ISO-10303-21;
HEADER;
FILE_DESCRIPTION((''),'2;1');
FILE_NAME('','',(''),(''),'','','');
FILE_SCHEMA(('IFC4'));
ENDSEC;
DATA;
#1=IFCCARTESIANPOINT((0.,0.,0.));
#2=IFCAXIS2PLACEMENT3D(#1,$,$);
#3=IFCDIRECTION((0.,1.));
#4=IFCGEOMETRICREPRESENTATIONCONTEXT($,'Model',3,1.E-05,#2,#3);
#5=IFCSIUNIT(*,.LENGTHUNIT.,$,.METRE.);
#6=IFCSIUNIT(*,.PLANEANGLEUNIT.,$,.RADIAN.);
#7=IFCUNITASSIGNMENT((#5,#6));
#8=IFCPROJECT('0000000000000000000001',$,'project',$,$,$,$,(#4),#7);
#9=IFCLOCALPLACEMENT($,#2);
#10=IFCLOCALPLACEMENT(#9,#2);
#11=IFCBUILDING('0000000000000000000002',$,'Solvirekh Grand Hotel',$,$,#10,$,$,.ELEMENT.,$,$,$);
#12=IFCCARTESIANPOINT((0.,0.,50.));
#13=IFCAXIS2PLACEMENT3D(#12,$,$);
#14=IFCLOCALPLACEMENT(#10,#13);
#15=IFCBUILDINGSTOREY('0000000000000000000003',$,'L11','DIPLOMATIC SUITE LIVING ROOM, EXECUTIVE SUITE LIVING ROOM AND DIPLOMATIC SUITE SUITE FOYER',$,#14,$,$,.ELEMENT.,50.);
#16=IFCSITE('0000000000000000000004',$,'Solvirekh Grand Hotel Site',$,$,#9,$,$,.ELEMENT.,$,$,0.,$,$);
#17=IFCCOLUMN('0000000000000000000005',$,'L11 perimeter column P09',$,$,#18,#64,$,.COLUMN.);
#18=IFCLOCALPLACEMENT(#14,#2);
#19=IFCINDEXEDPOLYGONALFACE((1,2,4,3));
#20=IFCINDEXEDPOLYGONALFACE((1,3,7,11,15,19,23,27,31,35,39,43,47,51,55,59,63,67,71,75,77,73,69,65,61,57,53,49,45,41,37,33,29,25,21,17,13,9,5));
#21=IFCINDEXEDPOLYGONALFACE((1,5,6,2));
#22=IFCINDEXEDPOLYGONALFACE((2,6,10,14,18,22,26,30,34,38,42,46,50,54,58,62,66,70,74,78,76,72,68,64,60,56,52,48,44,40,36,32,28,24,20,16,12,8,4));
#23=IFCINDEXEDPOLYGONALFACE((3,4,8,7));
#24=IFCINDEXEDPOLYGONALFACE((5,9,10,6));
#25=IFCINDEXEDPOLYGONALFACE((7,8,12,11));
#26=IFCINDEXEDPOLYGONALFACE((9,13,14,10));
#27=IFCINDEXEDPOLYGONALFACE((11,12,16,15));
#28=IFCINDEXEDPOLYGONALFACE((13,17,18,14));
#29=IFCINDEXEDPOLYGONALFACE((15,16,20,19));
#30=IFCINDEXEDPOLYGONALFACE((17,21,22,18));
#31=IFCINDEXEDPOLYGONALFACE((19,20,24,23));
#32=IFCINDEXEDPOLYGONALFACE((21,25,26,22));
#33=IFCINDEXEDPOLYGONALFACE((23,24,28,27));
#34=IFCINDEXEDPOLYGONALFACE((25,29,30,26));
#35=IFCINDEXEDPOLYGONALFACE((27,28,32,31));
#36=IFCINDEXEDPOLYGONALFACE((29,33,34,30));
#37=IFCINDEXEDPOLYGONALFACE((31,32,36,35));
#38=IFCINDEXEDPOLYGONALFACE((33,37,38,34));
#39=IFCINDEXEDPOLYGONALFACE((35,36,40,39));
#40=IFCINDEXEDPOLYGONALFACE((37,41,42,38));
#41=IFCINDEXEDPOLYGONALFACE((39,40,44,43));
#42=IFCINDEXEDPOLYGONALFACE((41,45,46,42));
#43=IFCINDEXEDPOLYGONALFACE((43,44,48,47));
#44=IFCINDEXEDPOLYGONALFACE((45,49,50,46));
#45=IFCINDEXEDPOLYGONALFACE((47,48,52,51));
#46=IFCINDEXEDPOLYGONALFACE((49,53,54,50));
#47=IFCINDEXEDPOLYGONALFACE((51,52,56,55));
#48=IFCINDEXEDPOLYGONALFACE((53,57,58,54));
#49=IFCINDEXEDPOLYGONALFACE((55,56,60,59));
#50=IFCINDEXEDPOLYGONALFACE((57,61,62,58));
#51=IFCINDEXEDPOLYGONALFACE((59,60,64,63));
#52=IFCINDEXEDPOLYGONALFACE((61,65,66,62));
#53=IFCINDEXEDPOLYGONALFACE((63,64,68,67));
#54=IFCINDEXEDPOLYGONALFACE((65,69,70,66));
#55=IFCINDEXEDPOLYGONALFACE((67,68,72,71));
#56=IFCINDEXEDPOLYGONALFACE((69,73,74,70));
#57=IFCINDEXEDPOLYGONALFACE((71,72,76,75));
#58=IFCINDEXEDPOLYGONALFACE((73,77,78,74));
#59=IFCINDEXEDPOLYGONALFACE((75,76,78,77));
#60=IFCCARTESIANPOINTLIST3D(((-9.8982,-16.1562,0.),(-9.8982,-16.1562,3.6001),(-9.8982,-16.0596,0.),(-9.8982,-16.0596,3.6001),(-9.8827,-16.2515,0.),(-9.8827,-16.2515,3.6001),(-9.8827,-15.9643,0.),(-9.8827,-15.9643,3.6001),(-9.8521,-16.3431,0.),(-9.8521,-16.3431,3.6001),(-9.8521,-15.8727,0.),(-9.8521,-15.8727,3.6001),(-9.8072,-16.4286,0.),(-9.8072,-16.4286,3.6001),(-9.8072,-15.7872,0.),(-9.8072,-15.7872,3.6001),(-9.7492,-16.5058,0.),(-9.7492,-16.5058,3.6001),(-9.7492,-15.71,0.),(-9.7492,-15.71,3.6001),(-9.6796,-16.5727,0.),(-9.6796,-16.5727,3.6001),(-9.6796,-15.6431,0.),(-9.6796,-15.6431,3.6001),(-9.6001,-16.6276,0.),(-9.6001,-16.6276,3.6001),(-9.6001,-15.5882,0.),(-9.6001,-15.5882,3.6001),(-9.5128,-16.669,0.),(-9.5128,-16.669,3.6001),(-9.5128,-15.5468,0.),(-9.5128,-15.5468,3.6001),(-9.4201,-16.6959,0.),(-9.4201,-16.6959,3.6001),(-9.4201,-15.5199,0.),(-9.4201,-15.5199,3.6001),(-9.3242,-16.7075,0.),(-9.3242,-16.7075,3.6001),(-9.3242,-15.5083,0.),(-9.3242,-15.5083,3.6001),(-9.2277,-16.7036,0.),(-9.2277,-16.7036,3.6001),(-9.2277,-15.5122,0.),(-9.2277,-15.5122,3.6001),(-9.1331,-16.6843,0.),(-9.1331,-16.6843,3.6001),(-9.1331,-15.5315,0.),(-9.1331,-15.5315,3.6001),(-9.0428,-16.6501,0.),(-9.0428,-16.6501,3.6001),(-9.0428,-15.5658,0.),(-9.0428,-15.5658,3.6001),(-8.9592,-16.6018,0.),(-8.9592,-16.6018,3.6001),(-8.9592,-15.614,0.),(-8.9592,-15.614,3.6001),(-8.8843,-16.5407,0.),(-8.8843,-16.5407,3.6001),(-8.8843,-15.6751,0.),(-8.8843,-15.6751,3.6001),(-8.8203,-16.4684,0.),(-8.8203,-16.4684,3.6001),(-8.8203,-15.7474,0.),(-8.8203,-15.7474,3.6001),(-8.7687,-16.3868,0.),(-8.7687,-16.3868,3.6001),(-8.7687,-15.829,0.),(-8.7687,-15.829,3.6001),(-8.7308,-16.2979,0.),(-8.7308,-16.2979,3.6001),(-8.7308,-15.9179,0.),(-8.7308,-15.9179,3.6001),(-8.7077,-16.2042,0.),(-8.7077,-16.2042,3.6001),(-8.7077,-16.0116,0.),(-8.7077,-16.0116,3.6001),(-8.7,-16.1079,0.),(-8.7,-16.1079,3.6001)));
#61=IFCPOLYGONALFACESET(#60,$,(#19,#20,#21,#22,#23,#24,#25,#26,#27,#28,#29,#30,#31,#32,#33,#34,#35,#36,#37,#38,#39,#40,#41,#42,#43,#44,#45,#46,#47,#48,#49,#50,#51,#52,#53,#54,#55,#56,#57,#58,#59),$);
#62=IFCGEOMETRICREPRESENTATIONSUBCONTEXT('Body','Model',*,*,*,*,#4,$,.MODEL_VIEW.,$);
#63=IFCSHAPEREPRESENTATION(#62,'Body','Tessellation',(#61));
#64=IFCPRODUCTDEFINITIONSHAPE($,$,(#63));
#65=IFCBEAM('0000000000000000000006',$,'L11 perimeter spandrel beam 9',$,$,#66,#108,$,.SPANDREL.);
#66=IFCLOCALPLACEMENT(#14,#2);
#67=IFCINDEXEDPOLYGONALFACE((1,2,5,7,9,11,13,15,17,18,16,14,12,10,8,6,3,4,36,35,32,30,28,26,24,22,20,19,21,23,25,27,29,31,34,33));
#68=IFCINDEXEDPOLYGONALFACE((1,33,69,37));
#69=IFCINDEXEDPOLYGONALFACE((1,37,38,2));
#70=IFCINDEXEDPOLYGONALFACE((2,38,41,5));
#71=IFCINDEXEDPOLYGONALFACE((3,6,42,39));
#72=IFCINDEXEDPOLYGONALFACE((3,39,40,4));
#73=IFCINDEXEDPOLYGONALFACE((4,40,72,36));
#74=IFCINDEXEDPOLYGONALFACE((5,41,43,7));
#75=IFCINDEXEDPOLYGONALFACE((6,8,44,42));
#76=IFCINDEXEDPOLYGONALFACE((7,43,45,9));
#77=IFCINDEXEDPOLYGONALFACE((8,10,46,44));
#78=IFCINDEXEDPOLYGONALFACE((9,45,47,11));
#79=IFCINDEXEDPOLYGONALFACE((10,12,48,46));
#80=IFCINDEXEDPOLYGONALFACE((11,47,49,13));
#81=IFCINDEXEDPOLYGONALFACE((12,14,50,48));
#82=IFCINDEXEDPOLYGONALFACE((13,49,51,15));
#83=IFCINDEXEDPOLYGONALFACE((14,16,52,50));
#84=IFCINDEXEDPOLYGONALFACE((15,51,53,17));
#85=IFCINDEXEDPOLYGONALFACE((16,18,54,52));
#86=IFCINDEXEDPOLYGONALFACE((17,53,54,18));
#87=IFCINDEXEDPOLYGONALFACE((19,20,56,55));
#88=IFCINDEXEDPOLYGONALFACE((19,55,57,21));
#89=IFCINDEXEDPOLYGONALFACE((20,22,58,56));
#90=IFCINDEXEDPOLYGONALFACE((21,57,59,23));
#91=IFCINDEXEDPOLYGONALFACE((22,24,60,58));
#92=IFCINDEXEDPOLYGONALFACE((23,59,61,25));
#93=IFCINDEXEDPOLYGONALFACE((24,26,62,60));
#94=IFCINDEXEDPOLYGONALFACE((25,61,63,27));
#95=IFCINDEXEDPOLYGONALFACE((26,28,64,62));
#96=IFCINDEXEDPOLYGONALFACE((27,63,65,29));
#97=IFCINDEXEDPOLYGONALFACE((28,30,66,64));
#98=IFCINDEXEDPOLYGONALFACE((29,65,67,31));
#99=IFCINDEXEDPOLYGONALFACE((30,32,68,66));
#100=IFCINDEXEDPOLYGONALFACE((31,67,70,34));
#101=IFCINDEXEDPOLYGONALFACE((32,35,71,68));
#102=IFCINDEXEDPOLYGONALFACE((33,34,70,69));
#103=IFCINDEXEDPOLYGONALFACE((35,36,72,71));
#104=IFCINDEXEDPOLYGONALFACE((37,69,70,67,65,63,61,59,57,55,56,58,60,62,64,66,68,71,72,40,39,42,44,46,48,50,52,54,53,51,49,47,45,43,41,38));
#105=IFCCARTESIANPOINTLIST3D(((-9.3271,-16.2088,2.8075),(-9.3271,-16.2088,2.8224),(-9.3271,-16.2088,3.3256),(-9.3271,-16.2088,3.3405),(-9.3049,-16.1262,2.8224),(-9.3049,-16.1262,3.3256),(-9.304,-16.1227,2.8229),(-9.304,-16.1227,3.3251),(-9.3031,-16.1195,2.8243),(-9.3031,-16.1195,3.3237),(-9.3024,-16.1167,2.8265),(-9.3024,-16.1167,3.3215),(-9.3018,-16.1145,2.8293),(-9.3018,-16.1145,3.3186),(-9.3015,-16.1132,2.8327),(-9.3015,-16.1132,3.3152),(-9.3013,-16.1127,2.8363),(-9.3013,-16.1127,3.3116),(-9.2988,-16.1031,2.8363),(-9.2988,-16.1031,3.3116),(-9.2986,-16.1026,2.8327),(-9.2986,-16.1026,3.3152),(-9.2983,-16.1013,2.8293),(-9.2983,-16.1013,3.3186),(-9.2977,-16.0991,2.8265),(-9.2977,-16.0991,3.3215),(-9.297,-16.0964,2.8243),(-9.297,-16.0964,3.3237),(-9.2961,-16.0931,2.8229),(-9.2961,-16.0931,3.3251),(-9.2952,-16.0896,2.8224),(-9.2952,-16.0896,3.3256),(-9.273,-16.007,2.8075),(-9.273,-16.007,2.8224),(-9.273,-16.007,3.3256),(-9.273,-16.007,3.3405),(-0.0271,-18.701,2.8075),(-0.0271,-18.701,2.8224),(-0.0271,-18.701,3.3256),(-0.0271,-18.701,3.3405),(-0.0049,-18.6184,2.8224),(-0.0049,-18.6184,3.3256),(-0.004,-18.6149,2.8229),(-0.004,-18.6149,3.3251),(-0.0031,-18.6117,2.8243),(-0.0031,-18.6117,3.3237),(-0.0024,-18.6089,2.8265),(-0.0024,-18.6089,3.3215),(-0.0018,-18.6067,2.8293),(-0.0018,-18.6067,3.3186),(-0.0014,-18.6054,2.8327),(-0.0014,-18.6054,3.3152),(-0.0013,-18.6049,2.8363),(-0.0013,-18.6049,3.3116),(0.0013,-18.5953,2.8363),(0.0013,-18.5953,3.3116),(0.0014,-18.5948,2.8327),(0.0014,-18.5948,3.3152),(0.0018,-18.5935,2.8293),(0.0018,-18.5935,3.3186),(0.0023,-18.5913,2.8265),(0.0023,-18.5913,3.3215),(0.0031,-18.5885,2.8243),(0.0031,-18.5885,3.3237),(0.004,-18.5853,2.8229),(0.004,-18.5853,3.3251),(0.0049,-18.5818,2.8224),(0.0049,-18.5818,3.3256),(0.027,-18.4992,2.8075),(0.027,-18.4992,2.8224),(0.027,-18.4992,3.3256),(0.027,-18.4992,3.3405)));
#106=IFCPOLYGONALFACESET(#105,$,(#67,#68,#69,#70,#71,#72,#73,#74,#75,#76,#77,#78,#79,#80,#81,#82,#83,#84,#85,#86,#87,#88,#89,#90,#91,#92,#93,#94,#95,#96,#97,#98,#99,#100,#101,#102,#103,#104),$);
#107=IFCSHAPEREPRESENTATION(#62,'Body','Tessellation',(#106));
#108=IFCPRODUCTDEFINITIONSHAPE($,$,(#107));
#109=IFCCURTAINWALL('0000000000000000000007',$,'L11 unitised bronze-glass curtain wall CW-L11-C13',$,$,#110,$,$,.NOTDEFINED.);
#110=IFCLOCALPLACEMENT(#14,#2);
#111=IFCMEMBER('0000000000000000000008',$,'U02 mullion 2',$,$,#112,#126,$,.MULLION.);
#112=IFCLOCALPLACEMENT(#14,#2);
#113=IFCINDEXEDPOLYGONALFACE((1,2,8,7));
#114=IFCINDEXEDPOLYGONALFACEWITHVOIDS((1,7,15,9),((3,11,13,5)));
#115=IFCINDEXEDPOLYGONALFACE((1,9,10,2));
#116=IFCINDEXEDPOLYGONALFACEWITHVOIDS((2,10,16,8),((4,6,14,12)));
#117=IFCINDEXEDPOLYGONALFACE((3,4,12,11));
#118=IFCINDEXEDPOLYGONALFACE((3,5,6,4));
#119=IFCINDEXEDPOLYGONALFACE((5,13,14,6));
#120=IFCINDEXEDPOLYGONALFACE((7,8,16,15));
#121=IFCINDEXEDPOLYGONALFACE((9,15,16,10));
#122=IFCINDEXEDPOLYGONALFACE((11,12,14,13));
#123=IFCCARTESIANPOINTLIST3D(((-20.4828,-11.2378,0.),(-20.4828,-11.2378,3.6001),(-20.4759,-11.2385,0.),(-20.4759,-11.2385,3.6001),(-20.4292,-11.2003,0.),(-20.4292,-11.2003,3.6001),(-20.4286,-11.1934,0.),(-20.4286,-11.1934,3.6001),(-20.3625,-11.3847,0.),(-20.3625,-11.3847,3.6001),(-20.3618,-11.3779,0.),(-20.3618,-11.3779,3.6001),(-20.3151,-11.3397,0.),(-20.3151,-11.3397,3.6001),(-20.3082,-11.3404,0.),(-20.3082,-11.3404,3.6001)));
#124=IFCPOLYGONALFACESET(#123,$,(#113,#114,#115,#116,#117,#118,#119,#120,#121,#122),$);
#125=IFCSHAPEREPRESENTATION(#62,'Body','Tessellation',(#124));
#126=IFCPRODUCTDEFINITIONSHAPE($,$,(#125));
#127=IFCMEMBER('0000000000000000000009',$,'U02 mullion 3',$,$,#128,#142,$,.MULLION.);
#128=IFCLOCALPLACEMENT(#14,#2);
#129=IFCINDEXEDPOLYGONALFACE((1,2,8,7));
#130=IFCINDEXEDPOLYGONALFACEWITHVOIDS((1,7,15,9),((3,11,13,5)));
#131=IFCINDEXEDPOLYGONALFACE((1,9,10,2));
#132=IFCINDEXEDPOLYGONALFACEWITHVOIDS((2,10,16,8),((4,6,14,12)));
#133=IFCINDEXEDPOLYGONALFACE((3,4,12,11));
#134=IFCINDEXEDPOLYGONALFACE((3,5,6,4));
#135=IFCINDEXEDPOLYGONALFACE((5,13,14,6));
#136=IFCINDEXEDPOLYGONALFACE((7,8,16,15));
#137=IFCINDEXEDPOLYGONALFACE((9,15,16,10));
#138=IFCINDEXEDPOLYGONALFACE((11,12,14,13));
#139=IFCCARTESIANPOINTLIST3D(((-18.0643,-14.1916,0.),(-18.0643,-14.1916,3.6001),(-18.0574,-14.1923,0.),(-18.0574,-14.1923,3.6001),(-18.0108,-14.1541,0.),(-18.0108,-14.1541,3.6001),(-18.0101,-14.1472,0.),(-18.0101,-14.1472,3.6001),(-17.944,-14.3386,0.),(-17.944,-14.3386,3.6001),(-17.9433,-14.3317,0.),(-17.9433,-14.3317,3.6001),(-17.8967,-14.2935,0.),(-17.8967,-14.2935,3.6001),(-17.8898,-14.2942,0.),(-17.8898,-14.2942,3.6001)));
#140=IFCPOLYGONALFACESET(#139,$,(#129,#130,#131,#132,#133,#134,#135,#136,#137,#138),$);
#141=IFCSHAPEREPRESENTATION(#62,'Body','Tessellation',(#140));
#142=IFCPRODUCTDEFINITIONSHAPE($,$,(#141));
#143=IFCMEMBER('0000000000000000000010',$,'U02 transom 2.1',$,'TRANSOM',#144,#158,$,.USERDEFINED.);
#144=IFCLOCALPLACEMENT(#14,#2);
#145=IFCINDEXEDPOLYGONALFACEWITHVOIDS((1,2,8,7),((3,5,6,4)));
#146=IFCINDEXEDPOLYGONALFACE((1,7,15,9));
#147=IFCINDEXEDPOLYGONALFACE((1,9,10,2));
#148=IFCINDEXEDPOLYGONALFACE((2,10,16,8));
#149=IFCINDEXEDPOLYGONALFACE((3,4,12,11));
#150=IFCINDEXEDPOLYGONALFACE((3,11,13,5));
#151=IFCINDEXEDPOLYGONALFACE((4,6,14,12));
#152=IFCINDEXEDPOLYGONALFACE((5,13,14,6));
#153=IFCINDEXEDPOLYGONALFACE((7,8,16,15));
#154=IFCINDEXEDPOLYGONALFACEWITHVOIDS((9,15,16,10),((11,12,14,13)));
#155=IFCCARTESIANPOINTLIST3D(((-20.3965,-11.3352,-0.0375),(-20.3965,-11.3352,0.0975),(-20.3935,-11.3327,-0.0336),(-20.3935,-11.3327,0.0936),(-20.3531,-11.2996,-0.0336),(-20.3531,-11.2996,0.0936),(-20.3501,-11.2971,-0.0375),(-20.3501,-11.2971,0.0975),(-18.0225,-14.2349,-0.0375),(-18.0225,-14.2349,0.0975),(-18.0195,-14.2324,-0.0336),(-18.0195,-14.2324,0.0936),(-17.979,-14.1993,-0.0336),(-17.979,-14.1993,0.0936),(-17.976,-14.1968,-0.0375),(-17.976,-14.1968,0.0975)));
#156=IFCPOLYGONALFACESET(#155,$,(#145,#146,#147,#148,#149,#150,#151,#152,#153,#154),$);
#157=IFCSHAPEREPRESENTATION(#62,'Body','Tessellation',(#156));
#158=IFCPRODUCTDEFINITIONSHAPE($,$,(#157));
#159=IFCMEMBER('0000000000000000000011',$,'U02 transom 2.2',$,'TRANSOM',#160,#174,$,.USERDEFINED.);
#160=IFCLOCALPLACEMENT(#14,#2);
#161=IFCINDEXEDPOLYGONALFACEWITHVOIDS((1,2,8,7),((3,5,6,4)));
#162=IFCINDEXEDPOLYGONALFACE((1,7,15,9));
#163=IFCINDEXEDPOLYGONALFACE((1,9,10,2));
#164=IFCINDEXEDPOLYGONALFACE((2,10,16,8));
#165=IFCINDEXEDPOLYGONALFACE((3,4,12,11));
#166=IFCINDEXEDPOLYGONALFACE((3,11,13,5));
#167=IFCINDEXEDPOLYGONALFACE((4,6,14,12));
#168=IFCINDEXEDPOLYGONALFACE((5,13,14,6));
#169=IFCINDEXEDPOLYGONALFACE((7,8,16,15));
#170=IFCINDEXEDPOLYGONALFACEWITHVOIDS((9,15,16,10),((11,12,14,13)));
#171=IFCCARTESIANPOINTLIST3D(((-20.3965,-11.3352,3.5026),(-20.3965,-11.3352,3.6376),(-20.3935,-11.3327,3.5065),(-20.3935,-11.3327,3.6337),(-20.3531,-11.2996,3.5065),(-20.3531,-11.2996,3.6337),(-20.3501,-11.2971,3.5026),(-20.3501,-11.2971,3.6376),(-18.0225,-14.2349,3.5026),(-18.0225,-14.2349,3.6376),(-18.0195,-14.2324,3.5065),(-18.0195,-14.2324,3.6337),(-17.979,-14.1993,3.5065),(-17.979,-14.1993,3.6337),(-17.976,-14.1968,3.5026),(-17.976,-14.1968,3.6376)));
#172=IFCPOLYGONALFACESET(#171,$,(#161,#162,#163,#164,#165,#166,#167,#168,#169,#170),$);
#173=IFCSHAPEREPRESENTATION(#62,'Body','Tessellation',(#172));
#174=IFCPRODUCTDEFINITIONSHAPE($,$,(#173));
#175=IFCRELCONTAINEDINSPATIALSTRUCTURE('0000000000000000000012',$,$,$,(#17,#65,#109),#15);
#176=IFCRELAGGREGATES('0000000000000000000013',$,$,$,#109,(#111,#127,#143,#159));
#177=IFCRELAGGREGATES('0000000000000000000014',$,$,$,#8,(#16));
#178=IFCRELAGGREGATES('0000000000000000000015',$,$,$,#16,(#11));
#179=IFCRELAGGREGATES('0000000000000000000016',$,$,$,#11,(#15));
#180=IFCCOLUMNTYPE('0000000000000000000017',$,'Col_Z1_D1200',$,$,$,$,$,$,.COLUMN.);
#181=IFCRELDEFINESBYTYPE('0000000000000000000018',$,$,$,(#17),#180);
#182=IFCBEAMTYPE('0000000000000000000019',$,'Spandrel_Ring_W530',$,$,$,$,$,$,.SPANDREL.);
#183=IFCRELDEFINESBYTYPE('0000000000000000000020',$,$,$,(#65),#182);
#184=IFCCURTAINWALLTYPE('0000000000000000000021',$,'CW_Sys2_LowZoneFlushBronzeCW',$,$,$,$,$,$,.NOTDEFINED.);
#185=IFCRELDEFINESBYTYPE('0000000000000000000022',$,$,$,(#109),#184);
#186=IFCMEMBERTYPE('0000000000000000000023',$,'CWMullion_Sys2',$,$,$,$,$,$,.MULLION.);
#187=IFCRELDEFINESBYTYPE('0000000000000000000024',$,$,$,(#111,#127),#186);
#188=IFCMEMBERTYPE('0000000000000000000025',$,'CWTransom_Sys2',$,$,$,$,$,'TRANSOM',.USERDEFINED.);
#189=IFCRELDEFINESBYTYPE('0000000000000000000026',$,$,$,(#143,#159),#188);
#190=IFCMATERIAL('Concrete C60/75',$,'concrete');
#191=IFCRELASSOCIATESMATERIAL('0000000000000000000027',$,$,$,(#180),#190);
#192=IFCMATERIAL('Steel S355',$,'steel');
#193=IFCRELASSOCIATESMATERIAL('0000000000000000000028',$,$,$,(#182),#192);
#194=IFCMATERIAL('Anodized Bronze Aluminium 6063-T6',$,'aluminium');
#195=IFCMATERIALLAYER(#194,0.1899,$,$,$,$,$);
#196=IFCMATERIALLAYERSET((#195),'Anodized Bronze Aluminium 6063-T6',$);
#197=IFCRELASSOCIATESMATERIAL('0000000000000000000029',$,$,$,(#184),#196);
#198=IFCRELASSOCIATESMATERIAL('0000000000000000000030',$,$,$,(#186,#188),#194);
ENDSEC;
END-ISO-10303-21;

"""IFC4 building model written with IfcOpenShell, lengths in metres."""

from ifc_helpers import new_model, si_unit, direction, frame, origin, origin_2d, place, context, subcontext, project, spatial, hollow_rectangle, circle, i_section, extrude, source, transform, mapped, material, layer, layer_set, material_profile, profile_set, type_object, element, aggregate, save


model = new_model("IFC4")

# Units and contexts
model_context = context("Model", 3, precision=1e-05, world=origin(), true_north=direction((0.0, 1.0)))
body_context = subcontext(model_context, "Body", "Model", "MODEL_VIEW")
ifc_project = project(units=[si_unit("LENGTHUNIT", "METRE"), si_unit("PLANEANGLEUNIT", "RADIAN")], contexts=[model_context])

# Site, building, storey
site_placement = place(None, origin())
site = spatial("IfcSite", under=ifc_project, at=site_placement, Name="Solvirekh Grand Hotel Site", CompositionType="ELEMENT", RefElevation=0.0)
building_placement = place(site_placement, origin())
building = spatial("IfcBuilding", under=site, at=building_placement, Name="Solvirekh Grand Hotel", CompositionType="ELEMENT")
storey_placement = place(building_placement, frame((0.0, 0.0, 50.0)))
storey = spatial("IfcBuildingStorey", under=building, at=storey_placement, Name="L11", Description="DIPLOMATIC SUITE LIVING ROOM, EXECUTIVE SUITE LIVING ROOM AND DIPLOMATIC SUITE SUITE FOYER", CompositionType="ELEMENT", Elevation=50.0)

# Column
ifc_material_1 = material(Name="Concrete C60/75", Category="concrete")
ifc_material_profile_1 = material_profile(ifc_material_1, circle(Radius=0.6001, at=origin_2d()), Name="RC CIRC D1200")
ifc_profile_set_1 = profile_set([ifc_material_profile_1], Name="Concrete C60/75")
column_type = type_object("IfcColumnType", Name="Col_Z1_D1200", PredefinedType="COLUMN", material=ifc_profile_set_1)
column_placement = place(storey_placement, frame((-9.3, -16.1079, 0.0), z_axis=(0.0, 0.0, 1.0), x_axis=(1.0, 0.0, 0.0)))
element("IfcColumn", 1, at=column_placement, inside=storey, type_object=column_type, Name="L11 perimeter column P09", PredefinedType="COLUMN", context=body_context, shape_type="SweptSolid", body=[
    extrude(circle(Radius=0.6001, at=origin_2d()), origin(), (0.0, 0.0, 1.0), 3.6001),
])

# Beam
ifc_material_2 = material(Name="Steel S355", Category="steel")
ifc_material_profile_2 = material_profile(ifc_material_2, i_section(OverallWidth=0.209, OverallDepth=0.533, WebThickness=0.01, FlangeThickness=0.0149, FilletRadius=0.0139, at=origin_2d()), Name="W530X92")
ifc_profile_set_2 = profile_set([ifc_material_profile_2], Name="Steel S355")
beam_type = type_object("IfcBeamType", Name="Spandrel_Ring_W530", PredefinedType="SPANDREL", material=ifc_profile_set_2)
beam_placement = place(storey_placement, frame((-9.3, -16.1079, 3.074), z_axis=(0.965919, -0.258843, 0.0), x_axis=(0.258843, 0.965919, 0.0)))
element("IfcBeam", 2, at=beam_placement, inside=storey, type_object=beam_type, Name="L11 perimeter spandrel beam 9", PredefinedType="SPANDREL", context=body_context, shape_type="SweptSolid", body=[
    extrude(i_section(OverallWidth=0.209, OverallDepth=0.533, WebThickness=0.01, FlangeThickness=0.0149, FilletRadius=0.0139, at=origin_2d()), origin(), (0.0, 0.0, 1.0), 9.6282),
])

# Curtain wall, members
ifc_material_3 = material(Name="Anodized Bronze Aluminium 6063-T6", Category="aluminium")
ifc_layer_1 = layer(ifc_material_3, 0.1899)
ifc_layer_set_1 = layer_set([ifc_layer_1], Name="Anodized Bronze Aluminium 6063-T6")
curtain_wall_type = type_object("IfcCurtainWallType", Name="CW_Sys2_LowZoneFlushBronzeCW", PredefinedType="NOTDEFINED", material=ifc_layer_set_1)
curtain_wall_placement = place(storey_placement, origin())
curtain_wall = element("IfcCurtainWall", 3, at=curtain_wall_placement, inside=storey, type_object=curtain_wall_type, Name="L11 unitised bronze-glass curtain wall CW-L11-C13", PredefinedType="NOTDEFINED")
ifc_material_profile_3 = material_profile(ifc_material_3, hollow_rectangle(XDim=0.0701, YDim=0.1899, WallThickness=0.0049, at=origin_2d()), Name="ALU RHS 190X70X5")
ifc_profile_set_3 = profile_set([ifc_material_profile_3], Name="Anodized Bronze Aluminium 6063-T6")
member_type_1 = type_object("IfcMemberType", Name="CWMullion_Sys2", PredefinedType="MULLION", material=ifc_profile_set_3)
shared_shape_1 = source(origin(), body_context, "Body", "SweptSolid", [
    extrude(hollow_rectangle(XDim=0.0701, YDim=0.1899, WallThickness=0.0049, at=origin_2d()), origin(), (0.0, 0.0, 1.0), 3.6001),
])
member_1_placement = place(storey_placement, frame((-20.3955, -11.2891, 0.0), z_axis=(0.0, 0.0, 1.0), x_axis=(0.773766, 0.633471, 0.0)))
member_1 = element("IfcMember", 4, at=member_1_placement, type_object=member_type_1, Name="U02 mullion 2", PredefinedType="MULLION", context=body_context, shape_type="MappedRepresentation", body=[
    mapped(shared_shape_1, transform((0.0, 0.0, 0.0), x_axis=(1.0, 0.0, 0.0), y_axis=(0.0, 1.0, 0.0), z_axis=(0.0, 0.0, 1.0), scale=1.0)),
])
member_2_placement = place(storey_placement, frame((-17.9771, -14.2429, 0.0), z_axis=(0.0, 0.0, 1.0), x_axis=(0.773766, 0.633471, 0.0)))
member_2 = element("IfcMember", 5, at=member_2_placement, type_object=member_type_1, Name="U02 mullion 3", PredefinedType="MULLION", context=body_context, shape_type="MappedRepresentation", body=[
    mapped(shared_shape_1, transform((0.0, 0.0, 0.0), x_axis=(1.0, 0.0, 0.0), y_axis=(0.0, 1.0, 0.0), z_axis=(0.0, 0.0, 1.0), scale=1.0)),
])
ifc_material_profile_4 = material_profile(ifc_material_3, hollow_rectangle(XDim=0.0601, YDim=0.135, WallThickness=0.0039, at=origin_2d()), Name="ALU RHS 135X60X4")
ifc_profile_set_4 = profile_set([ifc_material_profile_4], Name="Anodized Bronze Aluminium 6063-T6")
member_type_2 = type_object("IfcMemberType", Name="CWTransom_Sys2", ElementType="TRANSOM", PredefinedType="USERDEFINED", material=ifc_profile_set_4)
shared_shape_2 = source(origin(), body_context, "Body", "SweptSolid", [
    extrude(hollow_rectangle(XDim=0.0601, YDim=0.135, WallThickness=0.0039, at=origin_2d()), origin(), (0.0, 0.0, 1.0), 3.7476),
])
member_3_placement = place(storey_placement, frame((-20.3733, -11.3162, 0.03), z_axis=(0.63349, -0.773751, 0.0), x_axis=(0.773751, 0.63349, 0.0)))
member_3 = element("IfcMember", 6, at=member_3_placement, type_object=member_type_2, Name="U02 transom 2.1", ObjectType="TRANSOM", PredefinedType="USERDEFINED", context=body_context, shape_type="MappedRepresentation", body=[
    mapped(shared_shape_2, transform((0.0, 0.0, 0.0), x_axis=(1.0, 0.0, 0.0), y_axis=(0.0, 1.0, 0.0), z_axis=(0.0, 0.0, 1.0), scale=1.0)),
])
member_4_placement = place(storey_placement, frame((-20.3733, -11.3162, 3.5701), z_axis=(0.63349, -0.773751, 0.0), x_axis=(0.773751, 0.63349, 0.0)))
member_4 = element("IfcMember", 7, at=member_4_placement, type_object=member_type_2, Name="U02 transom 2.2", ObjectType="TRANSOM", PredefinedType="USERDEFINED", context=body_context, shape_type="MappedRepresentation", body=[
    mapped(shared_shape_2, transform((0.0, 0.0, 0.0), x_axis=(1.0, 0.0, 0.0), y_axis=(0.0, 1.0, 0.0), z_axis=(0.0, 0.0, 1.0), scale=1.0)),
])
aggregate(curtain_wall, [member_1, member_2, member_3, member_4])

save(model, "model.ifc")
